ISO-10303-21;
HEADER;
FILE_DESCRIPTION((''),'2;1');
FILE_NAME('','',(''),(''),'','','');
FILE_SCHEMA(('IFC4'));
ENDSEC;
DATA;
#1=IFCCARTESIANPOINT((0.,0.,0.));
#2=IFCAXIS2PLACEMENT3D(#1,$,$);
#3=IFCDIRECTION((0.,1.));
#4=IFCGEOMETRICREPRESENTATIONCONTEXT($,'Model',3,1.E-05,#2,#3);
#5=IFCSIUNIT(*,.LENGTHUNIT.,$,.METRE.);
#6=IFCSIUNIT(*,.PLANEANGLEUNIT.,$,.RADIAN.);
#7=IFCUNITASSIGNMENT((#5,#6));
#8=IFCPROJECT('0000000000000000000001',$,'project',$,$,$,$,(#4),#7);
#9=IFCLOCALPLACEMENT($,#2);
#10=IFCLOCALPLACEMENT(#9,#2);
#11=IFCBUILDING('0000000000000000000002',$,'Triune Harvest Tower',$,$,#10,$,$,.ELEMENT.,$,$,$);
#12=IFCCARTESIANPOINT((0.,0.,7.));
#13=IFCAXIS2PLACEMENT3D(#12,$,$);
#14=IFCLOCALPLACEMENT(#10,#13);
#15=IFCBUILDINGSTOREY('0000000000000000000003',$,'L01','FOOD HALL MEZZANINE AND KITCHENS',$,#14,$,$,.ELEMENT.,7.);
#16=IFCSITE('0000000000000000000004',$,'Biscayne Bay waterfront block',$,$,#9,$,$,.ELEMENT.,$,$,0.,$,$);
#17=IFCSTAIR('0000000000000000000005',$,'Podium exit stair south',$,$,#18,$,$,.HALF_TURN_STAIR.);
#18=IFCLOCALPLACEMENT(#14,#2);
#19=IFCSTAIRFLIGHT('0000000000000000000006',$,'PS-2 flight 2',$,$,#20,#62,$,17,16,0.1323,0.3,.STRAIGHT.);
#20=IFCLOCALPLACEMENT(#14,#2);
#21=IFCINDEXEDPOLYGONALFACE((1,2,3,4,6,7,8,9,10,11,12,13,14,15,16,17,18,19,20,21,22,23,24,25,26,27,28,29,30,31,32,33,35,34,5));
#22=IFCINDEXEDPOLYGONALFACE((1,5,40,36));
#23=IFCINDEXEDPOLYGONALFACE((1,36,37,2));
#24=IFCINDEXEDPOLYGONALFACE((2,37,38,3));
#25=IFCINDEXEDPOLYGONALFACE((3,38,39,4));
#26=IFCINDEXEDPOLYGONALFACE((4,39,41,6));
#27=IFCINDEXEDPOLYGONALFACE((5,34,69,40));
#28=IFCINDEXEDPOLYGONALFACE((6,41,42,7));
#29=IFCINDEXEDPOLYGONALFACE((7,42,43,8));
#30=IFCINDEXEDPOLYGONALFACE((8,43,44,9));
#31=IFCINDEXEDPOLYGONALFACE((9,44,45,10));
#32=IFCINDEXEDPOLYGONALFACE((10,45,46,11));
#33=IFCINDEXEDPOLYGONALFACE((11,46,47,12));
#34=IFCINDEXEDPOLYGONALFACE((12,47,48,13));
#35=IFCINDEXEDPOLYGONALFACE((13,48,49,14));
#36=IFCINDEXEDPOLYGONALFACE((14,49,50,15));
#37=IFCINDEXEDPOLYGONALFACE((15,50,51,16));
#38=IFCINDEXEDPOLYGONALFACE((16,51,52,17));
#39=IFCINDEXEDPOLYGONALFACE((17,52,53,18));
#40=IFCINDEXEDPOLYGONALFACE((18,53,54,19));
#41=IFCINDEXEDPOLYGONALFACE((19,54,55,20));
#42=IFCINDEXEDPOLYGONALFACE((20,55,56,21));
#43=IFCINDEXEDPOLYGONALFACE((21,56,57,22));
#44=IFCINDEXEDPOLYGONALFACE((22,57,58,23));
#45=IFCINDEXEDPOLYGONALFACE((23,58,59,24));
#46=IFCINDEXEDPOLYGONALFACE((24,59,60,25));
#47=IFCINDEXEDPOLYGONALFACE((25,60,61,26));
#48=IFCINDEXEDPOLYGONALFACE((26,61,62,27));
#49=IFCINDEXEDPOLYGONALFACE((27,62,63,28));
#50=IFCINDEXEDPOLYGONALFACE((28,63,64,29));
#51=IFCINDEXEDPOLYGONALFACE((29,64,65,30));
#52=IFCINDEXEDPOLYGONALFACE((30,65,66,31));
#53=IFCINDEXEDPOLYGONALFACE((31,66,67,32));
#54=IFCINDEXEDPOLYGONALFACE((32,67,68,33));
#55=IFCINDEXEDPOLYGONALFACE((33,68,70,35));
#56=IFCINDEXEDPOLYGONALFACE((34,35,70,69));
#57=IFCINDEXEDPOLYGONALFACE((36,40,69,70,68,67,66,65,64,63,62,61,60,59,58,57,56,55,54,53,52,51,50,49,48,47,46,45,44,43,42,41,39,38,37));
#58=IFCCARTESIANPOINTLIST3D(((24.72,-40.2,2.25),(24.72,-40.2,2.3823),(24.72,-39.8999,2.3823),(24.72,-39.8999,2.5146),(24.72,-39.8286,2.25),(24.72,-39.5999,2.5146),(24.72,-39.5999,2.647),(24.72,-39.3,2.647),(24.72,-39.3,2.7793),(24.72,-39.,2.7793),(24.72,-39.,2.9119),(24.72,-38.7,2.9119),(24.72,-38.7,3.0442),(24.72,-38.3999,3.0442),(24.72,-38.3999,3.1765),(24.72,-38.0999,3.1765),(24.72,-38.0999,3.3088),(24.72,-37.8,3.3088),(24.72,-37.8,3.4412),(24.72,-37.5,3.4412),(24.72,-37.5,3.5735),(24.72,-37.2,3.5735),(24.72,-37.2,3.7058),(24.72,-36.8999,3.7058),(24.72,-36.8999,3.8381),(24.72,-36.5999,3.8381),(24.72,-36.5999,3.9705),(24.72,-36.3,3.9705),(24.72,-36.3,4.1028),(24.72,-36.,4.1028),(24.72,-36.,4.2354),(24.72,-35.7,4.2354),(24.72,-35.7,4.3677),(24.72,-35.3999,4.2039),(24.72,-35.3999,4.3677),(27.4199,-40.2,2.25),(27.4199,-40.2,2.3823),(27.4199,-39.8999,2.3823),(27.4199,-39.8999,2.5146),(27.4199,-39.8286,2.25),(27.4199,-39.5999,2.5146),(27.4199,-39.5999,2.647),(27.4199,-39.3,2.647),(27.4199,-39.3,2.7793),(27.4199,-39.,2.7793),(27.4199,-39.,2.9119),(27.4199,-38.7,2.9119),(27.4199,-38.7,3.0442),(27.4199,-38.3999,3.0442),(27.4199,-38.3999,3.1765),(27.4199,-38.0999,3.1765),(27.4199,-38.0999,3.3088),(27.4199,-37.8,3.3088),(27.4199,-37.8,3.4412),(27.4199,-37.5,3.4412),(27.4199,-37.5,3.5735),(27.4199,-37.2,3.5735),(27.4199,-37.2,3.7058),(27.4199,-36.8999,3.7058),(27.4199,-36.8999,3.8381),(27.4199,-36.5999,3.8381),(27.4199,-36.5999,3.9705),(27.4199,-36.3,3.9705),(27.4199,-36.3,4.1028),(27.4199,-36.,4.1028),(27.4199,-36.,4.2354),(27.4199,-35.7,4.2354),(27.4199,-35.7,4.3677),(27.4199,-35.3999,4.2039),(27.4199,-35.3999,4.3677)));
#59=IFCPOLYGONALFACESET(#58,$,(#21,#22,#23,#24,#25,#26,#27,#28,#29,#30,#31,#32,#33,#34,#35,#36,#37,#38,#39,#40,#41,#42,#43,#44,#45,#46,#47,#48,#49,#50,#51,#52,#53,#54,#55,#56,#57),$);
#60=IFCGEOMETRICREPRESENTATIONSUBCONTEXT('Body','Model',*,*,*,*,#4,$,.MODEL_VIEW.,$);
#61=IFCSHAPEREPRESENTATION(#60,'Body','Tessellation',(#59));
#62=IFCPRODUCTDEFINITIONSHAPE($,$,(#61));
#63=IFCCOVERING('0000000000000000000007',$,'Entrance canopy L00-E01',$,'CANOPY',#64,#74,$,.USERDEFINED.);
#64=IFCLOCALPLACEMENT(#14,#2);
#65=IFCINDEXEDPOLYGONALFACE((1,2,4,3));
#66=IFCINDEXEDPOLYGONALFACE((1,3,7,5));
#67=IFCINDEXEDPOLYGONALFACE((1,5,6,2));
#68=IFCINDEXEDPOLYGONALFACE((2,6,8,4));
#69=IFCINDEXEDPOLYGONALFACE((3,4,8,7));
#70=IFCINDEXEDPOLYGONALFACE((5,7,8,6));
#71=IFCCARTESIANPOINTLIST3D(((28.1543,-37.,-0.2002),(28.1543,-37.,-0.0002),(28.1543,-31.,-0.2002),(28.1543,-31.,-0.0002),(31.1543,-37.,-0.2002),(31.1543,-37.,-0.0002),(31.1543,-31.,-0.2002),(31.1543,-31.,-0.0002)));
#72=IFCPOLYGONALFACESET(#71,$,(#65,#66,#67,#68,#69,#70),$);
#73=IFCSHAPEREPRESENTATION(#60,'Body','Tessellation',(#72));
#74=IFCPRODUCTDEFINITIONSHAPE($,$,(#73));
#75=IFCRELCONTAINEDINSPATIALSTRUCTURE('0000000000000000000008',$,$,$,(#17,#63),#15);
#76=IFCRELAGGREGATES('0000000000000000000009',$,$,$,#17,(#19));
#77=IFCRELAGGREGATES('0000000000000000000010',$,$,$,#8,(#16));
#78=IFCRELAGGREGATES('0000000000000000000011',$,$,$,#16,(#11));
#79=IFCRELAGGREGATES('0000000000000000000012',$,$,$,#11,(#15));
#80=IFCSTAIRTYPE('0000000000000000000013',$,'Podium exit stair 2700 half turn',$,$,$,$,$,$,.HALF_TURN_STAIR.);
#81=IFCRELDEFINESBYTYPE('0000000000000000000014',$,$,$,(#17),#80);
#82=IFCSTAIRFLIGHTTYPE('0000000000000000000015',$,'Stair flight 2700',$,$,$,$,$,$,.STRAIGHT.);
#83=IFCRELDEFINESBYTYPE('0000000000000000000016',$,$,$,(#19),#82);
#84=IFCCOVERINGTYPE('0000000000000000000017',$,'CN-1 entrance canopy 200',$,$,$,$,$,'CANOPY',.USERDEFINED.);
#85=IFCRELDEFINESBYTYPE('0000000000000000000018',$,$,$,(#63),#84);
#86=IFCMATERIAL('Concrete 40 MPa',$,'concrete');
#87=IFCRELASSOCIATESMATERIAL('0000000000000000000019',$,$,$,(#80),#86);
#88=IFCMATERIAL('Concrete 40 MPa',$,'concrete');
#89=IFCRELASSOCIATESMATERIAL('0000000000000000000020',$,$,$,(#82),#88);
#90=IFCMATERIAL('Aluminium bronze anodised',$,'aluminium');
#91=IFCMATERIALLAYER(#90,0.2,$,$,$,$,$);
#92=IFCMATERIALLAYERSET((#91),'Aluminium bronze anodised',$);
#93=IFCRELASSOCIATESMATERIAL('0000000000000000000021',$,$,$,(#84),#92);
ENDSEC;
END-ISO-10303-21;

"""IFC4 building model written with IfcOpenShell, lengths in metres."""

from ifc_helpers import new_model, si_unit, direction, frame, origin, origin_2d, place, context, subcontext, project, spatial, polyline, rectangle, outline, extrude, source, transform, mapped, material, layer, layer_set, type_object, element, aggregate, save


model = new_model("IFC4")

# Units and contexts
model_context = context("Model", 3, precision=1e-05, world=origin(), true_north=direction((0.0, 1.0)))
body_context = subcontext(model_context, "Body", "Model", "MODEL_VIEW")
ifc_project = project(units=[si_unit("LENGTHUNIT", "METRE"), si_unit("PLANEANGLEUNIT", "RADIAN")], contexts=[model_context])

# Site, building, storey
site_placement = place(None, origin())
site = spatial("IfcSite", under=ifc_project, at=site_placement, Name="Biscayne Bay waterfront block", CompositionType="ELEMENT", RefElevation=0.0)
building_placement = place(site_placement, origin())
building = spatial("IfcBuilding", under=site, at=building_placement, Name="Triune Harvest Tower", CompositionType="ELEMENT")
storey_placement = place(building_placement, frame((0.0, 0.0, 7.0)))
storey = spatial("IfcBuildingStorey", under=building, at=storey_placement, Name="L01", Description="FOOD HALL MEZZANINE AND KITCHENS", CompositionType="ELEMENT", Elevation=7.0)

# Stair, stair flight
ifc_material_1 = material(Name="Concrete 40 MPa", Category="concrete")
stair_type = type_object("IfcStairType", Name="Podium exit stair 2700 half turn", PredefinedType="HALF_TURN_STAIR", material=ifc_material_1)
stair_placement = place(storey_placement, origin())
stair = element("IfcStair", 1, at=stair_placement, inside=storey, type_object=stair_type, Name="Podium exit stair south", PredefinedType="HALF_TURN_STAIR")
ifc_material_2 = material(Name="Concrete 40 MPa", Category="concrete")
stair_flight_type = type_object("IfcStairFlightType", Name="Stair flight 2700", PredefinedType="STRAIGHT", material=ifc_material_2)
shared_shape_1 = source(origin(), body_context, "Body", "SweptSolid", [
    extrude(outline(polyline([(0.0, 0.0), (0.0, 0.1323), (0.3, 0.1323), (0.3, 0.2646), (0.6001, 0.2646), (0.6001, 0.397), (0.8999, 0.397), (0.8999, 0.5293), (1.2, 0.5293), (1.2, 0.6619), (1.5, 0.6619), (1.5, 0.7942), (1.8, 0.7942), (1.8, 0.9265), (2.1001, 0.9265), (2.1001, 1.0588), (2.3999, 1.0588), (2.3999, 1.1912), (2.7, 1.1912), (2.7, 1.3235), (3.0, 1.3235), (3.0, 1.4558), (3.3, 1.4558), (3.3, 1.5881), (3.6001, 1.5881), (3.6001, 1.7205), (3.8999, 1.7205), (3.8999, 1.8528), (4.2, 1.8528), (4.2, 1.9854), (4.5, 1.9854), (4.5, 2.1177), (4.8, 2.1177), (4.8, 2.25), (4.8, 1.9539), (0.3713, 0.0), (0.0, 0.0)])), frame((0.0, 1.3501, 0.0), z_axis=(0.0, -1.0, 0.0), x_axis=(1.0, 0.0, 0.0)), (0.0, 0.0, 1.0), 2.7),
])
stair_flight_1_placement = place(storey_placement, frame((26.0701, -40.2, 2.25), z_axis=(0.0, 0.0, 1.0), x_axis=(0.0, 1.0, 0.0)))
stair_flight_1 = element("IfcStairFlight", 2, at=stair_flight_1_placement, type_object=stair_flight_type, Name="PS-2 flight 2", NumberOfRisers=17, NumberOfTreads=16, PredefinedType="STRAIGHT", RiserHeight=0.1323, TreadLength=0.3, context=body_context, shape_type="MappedRepresentation", body=[
    mapped(shared_shape_1, transform((0.0, 0.0, 0.0), scale=1.0)),
])
aggregate(stair, [stair_flight_1])

# Covering
ifc_material_3 = material(Name="Aluminium bronze anodised", Category="aluminium")
ifc_layer_1 = layer(ifc_material_3, 0.2)
ifc_layer_set_1 = layer_set([ifc_layer_1], Name="Aluminium bronze anodised")
covering_type = type_object("IfcCoveringType", Name="CN-1 entrance canopy 200", ElementType="CANOPY", PredefinedType="USERDEFINED", material=ifc_layer_set_1)
shared_shape_2 = source(origin(), body_context, "Body", "SweptSolid", [
    extrude(rectangle(XDim=3.0, YDim=6.0, at=origin_2d()), origin(), (0.0, 0.0, 1.0), 0.2),
])
covering_placement = place(storey_placement, frame((29.6543, -34.0, -0.2002), z_axis=(0.0, 0.0, 1.0), x_axis=(1.0, 0.0, 0.0)))
element("IfcCovering", 3, at=covering_placement, inside=storey, type_object=covering_type, Name="Entrance canopy L00-E01", ObjectType="CANOPY", PredefinedType="USERDEFINED", context=body_context, shape_type="MappedRepresentation", body=[
    mapped(shared_shape_2, transform((0.0, 0.0, 0.0), scale=1.0)),
])

save(model, "model.ifc")
